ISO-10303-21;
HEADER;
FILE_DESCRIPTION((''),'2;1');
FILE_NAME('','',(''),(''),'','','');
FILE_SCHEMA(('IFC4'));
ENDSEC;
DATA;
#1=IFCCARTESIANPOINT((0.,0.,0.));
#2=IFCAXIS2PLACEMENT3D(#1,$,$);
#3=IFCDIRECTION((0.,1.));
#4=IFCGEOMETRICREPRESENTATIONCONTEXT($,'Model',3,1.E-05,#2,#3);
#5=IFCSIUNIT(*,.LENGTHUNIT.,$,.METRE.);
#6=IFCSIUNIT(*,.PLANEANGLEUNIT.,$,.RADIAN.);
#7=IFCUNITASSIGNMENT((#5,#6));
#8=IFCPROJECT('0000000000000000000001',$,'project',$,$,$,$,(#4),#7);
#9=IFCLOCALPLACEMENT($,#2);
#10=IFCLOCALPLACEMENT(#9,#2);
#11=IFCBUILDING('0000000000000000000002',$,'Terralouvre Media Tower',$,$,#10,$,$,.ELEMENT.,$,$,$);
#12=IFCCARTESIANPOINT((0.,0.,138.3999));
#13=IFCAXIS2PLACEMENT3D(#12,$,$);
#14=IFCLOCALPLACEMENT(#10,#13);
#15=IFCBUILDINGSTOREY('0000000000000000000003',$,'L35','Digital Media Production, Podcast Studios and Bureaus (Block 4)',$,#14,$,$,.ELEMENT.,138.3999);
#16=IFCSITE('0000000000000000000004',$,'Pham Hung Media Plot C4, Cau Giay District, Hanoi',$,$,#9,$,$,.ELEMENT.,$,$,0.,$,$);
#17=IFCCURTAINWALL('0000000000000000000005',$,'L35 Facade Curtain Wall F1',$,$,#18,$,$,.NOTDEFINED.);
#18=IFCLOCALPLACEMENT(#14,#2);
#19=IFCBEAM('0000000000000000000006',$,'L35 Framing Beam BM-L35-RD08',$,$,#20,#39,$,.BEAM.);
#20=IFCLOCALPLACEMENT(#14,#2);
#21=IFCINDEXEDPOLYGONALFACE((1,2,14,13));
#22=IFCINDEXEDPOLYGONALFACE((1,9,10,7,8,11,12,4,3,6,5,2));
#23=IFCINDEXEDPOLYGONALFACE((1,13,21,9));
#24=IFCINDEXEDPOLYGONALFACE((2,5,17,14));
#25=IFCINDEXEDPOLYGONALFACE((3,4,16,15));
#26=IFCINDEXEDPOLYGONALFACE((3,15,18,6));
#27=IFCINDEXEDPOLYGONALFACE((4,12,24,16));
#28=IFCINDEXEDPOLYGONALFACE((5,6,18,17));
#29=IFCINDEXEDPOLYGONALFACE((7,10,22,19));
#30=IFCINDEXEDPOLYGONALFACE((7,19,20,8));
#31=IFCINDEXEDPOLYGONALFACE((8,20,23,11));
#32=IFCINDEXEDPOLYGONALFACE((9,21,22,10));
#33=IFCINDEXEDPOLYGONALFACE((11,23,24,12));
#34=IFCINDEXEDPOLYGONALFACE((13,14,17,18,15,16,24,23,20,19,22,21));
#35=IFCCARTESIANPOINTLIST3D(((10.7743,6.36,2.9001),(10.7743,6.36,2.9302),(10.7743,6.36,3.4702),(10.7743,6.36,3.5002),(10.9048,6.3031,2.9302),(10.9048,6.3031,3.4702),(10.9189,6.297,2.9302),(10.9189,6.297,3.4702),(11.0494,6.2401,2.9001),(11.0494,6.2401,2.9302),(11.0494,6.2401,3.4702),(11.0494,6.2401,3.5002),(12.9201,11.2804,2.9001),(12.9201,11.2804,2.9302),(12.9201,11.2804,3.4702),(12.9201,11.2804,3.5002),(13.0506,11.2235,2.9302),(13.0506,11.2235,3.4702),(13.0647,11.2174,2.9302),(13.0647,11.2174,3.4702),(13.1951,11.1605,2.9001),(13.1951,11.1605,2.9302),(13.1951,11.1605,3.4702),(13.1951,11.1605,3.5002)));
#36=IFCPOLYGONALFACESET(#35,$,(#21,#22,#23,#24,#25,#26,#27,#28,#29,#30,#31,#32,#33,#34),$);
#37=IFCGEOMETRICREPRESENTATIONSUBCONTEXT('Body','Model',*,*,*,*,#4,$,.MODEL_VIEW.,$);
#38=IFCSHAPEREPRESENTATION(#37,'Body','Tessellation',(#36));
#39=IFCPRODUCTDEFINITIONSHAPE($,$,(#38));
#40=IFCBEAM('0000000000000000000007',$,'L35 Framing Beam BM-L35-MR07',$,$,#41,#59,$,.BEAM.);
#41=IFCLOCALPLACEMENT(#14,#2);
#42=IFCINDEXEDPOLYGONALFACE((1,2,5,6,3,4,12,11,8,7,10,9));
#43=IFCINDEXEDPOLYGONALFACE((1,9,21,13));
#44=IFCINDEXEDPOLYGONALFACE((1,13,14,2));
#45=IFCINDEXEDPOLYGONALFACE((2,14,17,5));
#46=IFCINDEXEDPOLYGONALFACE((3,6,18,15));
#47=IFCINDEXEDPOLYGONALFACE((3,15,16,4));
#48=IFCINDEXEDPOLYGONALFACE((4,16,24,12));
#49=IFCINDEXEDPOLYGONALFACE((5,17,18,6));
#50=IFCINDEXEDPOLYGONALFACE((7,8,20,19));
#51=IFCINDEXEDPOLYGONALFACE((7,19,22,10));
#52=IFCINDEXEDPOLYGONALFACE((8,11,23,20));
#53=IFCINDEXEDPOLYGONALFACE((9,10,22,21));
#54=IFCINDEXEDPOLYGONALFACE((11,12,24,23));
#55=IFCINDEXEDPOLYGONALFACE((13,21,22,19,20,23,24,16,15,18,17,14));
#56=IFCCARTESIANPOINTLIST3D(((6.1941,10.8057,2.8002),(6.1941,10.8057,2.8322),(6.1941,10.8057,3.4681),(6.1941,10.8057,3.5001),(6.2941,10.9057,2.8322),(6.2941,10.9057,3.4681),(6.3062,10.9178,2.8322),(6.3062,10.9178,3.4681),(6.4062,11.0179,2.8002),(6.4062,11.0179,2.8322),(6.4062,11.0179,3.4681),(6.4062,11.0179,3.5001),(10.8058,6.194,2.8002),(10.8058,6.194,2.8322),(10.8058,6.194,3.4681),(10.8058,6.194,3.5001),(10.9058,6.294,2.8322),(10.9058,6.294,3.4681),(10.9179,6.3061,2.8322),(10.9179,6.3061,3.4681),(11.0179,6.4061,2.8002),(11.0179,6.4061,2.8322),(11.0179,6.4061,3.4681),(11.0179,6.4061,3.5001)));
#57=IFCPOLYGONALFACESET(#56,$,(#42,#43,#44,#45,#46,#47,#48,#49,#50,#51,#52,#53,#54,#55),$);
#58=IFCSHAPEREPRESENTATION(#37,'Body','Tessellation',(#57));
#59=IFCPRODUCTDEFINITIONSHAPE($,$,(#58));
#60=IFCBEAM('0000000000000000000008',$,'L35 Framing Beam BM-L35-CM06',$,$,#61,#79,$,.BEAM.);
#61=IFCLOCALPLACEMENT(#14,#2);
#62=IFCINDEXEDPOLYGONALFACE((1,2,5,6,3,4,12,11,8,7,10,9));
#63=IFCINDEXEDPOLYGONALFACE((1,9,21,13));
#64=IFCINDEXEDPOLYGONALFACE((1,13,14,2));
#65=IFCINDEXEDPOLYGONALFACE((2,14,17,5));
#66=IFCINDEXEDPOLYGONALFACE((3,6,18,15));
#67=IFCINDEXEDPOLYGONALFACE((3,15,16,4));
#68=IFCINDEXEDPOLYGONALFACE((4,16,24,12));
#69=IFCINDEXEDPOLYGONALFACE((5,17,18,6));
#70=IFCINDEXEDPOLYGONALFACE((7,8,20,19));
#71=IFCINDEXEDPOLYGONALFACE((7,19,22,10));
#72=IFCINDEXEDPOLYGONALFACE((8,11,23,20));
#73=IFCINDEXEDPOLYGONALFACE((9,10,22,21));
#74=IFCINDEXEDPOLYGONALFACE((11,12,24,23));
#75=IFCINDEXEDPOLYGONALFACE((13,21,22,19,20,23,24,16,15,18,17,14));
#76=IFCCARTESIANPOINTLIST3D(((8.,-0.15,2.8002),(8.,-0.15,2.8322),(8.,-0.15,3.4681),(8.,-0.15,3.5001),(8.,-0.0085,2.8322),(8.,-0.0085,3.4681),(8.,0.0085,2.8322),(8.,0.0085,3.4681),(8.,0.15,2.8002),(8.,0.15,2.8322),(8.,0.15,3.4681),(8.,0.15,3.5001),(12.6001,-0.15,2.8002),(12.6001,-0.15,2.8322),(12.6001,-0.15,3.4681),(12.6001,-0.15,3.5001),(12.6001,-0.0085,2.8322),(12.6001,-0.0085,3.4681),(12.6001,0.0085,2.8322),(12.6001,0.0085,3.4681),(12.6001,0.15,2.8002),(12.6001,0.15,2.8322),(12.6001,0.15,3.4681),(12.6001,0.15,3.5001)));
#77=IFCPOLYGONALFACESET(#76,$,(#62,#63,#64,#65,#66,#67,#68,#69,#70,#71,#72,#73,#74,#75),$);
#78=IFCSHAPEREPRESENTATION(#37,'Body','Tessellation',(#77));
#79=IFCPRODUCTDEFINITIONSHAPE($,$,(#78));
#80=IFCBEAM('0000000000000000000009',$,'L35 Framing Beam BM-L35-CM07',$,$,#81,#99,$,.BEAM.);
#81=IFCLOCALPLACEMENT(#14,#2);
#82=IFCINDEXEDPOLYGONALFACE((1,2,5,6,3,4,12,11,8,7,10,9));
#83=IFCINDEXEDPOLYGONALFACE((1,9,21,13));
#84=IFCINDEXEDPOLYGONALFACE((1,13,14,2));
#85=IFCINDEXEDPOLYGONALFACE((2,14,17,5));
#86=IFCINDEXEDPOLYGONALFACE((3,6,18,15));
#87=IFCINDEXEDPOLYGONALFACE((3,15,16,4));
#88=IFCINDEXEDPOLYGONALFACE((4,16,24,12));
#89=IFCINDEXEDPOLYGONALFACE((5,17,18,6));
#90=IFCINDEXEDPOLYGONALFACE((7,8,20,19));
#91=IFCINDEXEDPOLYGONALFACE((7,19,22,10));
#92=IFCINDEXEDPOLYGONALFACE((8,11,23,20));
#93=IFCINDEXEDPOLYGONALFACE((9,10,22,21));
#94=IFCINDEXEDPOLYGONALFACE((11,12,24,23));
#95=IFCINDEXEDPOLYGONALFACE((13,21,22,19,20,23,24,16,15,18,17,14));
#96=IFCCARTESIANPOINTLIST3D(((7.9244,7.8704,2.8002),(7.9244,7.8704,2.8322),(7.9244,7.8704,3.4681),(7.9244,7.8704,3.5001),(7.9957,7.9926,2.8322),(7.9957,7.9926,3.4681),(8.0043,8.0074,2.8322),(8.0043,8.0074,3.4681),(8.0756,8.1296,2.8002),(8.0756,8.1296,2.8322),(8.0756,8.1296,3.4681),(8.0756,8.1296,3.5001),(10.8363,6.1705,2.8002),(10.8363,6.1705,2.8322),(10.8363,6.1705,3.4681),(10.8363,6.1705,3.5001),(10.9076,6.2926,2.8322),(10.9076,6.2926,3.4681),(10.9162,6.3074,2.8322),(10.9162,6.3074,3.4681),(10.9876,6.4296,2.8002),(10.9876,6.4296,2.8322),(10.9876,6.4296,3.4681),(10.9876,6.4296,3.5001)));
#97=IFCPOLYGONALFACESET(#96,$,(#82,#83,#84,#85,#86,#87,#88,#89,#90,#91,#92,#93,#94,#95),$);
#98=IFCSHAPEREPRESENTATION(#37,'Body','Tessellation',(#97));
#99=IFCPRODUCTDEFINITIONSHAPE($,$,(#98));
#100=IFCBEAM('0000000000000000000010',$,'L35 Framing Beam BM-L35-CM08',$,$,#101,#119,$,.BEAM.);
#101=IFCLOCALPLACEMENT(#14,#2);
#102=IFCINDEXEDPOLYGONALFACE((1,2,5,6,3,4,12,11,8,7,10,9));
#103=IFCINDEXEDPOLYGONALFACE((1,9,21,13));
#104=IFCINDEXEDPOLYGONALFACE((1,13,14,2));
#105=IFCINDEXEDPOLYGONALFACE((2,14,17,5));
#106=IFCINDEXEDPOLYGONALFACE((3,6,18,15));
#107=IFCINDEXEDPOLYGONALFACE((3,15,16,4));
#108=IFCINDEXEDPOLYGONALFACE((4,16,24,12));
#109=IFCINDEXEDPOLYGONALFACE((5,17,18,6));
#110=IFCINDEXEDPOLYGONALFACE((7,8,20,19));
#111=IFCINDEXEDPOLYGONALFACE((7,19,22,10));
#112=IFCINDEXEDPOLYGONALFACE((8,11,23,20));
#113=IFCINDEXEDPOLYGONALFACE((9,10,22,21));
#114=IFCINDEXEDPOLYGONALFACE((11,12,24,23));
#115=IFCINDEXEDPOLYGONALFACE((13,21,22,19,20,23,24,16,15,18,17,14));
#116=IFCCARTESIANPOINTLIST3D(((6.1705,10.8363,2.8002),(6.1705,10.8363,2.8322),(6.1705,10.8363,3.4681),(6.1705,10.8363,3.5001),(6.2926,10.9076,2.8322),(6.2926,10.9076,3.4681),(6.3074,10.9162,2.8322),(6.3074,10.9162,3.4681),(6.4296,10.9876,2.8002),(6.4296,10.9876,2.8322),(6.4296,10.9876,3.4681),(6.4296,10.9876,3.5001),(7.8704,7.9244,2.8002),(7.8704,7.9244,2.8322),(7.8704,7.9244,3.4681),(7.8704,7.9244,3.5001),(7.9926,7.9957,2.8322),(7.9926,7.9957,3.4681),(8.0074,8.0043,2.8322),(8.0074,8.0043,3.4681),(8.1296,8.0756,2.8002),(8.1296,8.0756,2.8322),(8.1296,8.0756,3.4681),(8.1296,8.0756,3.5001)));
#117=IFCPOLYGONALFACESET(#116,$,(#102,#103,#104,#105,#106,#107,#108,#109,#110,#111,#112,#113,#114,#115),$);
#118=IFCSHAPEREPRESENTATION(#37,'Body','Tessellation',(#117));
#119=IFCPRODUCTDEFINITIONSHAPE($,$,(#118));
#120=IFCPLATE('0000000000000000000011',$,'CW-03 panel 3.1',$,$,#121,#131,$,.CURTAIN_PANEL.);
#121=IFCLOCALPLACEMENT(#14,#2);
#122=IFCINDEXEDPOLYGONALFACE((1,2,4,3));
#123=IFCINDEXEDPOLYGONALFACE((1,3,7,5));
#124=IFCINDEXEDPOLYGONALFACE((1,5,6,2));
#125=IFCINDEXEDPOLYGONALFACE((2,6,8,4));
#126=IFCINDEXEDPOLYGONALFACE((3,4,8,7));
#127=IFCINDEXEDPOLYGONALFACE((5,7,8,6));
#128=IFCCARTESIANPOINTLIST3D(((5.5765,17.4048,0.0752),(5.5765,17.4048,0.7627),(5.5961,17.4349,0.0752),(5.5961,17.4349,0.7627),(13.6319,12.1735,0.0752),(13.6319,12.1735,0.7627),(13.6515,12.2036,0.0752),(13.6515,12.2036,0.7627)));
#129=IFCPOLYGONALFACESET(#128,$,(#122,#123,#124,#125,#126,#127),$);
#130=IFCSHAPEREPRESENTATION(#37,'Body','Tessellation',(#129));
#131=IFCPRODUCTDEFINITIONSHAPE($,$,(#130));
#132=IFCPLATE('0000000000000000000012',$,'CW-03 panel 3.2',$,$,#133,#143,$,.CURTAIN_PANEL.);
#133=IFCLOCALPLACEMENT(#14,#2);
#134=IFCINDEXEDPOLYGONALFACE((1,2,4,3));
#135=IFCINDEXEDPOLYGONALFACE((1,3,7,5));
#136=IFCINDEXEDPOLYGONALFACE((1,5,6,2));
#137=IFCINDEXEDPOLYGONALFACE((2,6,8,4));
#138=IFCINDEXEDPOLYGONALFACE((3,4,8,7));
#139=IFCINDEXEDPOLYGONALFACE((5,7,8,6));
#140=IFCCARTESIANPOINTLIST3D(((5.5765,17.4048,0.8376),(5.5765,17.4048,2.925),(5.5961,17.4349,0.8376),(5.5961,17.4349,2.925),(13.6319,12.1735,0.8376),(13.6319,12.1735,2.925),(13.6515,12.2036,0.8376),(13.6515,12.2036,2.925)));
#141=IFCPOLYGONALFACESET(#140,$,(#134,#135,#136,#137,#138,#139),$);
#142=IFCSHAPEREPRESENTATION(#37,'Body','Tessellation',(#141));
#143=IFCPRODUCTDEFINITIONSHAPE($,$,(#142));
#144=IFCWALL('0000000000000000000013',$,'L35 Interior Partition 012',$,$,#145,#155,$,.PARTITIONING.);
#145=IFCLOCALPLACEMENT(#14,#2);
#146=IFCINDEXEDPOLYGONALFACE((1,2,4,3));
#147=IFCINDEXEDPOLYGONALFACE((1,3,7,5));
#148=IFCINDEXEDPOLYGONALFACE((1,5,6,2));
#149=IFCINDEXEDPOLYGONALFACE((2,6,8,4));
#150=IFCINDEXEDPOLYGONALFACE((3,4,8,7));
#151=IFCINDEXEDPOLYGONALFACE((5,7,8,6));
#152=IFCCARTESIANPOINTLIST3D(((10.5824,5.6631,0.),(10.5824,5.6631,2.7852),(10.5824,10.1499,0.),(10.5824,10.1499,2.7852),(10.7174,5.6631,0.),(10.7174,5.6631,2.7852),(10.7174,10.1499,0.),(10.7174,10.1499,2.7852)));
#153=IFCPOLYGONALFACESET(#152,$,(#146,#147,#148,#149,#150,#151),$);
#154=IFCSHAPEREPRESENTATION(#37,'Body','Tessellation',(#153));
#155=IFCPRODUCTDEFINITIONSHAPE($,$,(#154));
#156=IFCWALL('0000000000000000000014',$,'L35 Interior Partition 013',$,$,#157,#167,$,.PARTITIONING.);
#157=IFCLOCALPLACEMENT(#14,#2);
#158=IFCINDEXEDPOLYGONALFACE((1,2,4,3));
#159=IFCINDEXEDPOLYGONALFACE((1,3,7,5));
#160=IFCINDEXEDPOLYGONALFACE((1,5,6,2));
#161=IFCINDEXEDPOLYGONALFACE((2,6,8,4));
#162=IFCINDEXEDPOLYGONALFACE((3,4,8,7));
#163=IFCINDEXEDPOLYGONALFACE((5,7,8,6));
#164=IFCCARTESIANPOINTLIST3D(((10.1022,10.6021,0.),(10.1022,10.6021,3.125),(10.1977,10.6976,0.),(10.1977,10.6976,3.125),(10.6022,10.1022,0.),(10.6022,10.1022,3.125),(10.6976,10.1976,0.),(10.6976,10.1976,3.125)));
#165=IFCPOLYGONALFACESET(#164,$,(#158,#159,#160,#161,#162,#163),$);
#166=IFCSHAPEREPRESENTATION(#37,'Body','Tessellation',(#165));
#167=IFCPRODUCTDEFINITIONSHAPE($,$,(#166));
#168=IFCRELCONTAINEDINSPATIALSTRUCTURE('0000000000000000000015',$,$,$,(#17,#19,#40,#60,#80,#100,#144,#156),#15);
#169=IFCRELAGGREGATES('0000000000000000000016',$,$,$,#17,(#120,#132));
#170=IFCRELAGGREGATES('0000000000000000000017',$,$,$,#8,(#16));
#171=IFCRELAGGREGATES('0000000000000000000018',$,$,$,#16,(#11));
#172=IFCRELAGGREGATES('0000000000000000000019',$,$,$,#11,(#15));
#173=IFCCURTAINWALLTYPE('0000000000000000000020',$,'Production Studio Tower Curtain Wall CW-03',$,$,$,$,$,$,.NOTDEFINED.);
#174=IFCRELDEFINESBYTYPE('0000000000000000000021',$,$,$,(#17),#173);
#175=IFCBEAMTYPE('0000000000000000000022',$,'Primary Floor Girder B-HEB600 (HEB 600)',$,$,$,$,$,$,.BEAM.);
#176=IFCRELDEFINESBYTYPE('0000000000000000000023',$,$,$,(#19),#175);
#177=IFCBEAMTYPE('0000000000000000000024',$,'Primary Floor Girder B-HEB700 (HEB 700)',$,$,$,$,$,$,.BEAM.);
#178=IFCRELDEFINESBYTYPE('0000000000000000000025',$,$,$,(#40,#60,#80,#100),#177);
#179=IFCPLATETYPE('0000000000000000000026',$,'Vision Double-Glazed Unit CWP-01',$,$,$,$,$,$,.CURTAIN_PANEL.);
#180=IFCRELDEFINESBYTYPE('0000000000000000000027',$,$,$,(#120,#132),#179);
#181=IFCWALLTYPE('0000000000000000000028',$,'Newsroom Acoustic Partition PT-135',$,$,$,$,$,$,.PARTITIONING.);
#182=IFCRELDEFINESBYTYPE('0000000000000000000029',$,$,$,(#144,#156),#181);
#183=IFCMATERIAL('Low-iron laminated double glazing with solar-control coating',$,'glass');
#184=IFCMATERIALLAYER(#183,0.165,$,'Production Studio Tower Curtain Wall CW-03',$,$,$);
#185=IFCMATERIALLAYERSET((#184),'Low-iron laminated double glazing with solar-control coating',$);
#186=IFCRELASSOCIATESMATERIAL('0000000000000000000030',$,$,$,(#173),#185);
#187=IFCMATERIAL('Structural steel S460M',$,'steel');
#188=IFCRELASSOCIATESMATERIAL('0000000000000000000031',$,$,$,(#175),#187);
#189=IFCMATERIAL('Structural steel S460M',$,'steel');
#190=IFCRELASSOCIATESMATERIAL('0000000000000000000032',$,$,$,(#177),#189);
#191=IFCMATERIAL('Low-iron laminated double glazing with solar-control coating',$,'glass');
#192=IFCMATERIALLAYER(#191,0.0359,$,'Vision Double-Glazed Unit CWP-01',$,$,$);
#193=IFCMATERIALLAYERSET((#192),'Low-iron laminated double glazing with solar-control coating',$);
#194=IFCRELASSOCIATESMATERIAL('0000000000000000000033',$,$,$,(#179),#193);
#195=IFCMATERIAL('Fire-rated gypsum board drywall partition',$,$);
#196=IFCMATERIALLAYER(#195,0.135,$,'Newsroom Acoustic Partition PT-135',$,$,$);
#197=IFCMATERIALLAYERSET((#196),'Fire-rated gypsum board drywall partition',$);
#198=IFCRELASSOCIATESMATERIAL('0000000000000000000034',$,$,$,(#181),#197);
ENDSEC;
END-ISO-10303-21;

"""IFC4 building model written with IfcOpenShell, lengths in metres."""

from ifc_helpers import new_model, si_unit, direction, frame, frame_2d, origin, origin_2d, place, context, subcontext, project, spatial, rectangle, i_section, extrude, material, layer, layer_set, material_profile, profile_set, type_object, element, aggregate, save


model = new_model("IFC4")

# Units and contexts
model_context = context("Model", 3, precision=1e-05, world=origin(), true_north=direction((0.0, 1.0)))
body_context = subcontext(model_context, "Body", "Model", "MODEL_VIEW")
ifc_project = project(units=[si_unit("LENGTHUNIT", "METRE"), si_unit("PLANEANGLEUNIT", "RADIAN")], contexts=[model_context])

# Site, building, storey
site_placement = place(None, origin())
site = spatial("IfcSite", under=ifc_project, at=site_placement, Name="Pham Hung Media Plot C4, Cau Giay District, Hanoi", CompositionType="ELEMENT", RefElevation=0.0)
building_placement = place(site_placement, origin())
building = spatial("IfcBuilding", under=site, at=building_placement, Name="Terralouvre Media Tower", CompositionType="ELEMENT")
storey_placement = place(building_placement, frame((0.0, 0.0, 138.3999)))
storey = spatial("IfcBuildingStorey", under=building, at=storey_placement, Name="L35", Description="Digital Media Production, Podcast Studios and Bureaus (Block 4)", CompositionType="ELEMENT", Elevation=138.3999)

# Curtain wall
ifc_material_1 = material(Name="Low-iron laminated double glazing with solar-control coating", Category="glass")
ifc_layer_1 = layer(ifc_material_1, 0.165, Name="Production Studio Tower Curtain Wall CW-03")
ifc_layer_set_1 = layer_set([ifc_layer_1], Name="Low-iron laminated double glazing with solar-control coating")
curtain_wall_type = type_object("IfcCurtainWallType", Name="Production Studio Tower Curtain Wall CW-03", PredefinedType="NOTDEFINED", material=ifc_layer_set_1)
curtain_wall_placement = place(storey_placement, origin())
curtain_wall = element("IfcCurtainWall", 1, at=curtain_wall_placement, inside=storey, type_object=curtain_wall_type, Name="L35 Facade Curtain Wall F1", PredefinedType="NOTDEFINED")

# Beams
ifc_material_2 = material(Name="Structural steel S460M", Category="steel")
ifc_material_profile_1 = material_profile(ifc_material_2, i_section(OverallWidth=0.3, OverallDepth=0.6001, WebThickness=0.0154, FlangeThickness=0.03, at=origin_2d()), Name="HEB 600")
ifc_profile_set_1 = profile_set([ifc_material_profile_1], Name="Structural steel S460M")
beam_type_1 = type_object("IfcBeamType", Name="Primary Floor Girder B-HEB600 (HEB 600)", PredefinedType="BEAM", material=ifc_profile_set_1)
beam_1_placement = place(storey_placement, frame((10.9119, 6.3, 3.2002), z_axis=(0.399735, 0.916631, 0.0), x_axis=(-0.916631, 0.399735, 0.0)))
element("IfcBeam", 2, at=beam_1_placement, inside=storey, type_object=beam_type_1, Name="L35 Framing Beam BM-L35-RD08", PredefinedType="BEAM", context=body_context, shape_type="SweptSolid", body=[
    extrude(i_section(OverallWidth=0.3, OverallDepth=0.6001, WebThickness=0.0154, FlangeThickness=0.03, at=origin_2d()), origin(), (0.0, 0.0, 1.0), 5.3679),
])
ifc_material_3 = material(Name="Structural steel S460M", Category="steel")
ifc_material_profile_2 = material_profile(ifc_material_3, i_section(OverallWidth=0.3, OverallDepth=0.7, WebThickness=0.0171, FlangeThickness=0.032, at=origin_2d()), Name="HEB 700")
ifc_profile_set_2 = profile_set([ifc_material_profile_2], Name="Structural steel S460M")
beam_type_2 = type_object("IfcBeamType", Name="Primary Floor Girder B-HEB700 (HEB 700)", PredefinedType="BEAM", material=ifc_profile_set_2)
beam_2_placement = place(storey_placement, frame((10.9119, 6.3, 3.1501), z_axis=(-0.707107, 0.707107, 0.0), x_axis=(-0.707107, -0.707107, 0.0)))
element("IfcBeam", 3, at=beam_2_placement, inside=storey, type_object=beam_type_2, Name="L35 Framing Beam BM-L35-MR07", PredefinedType="BEAM", context=body_context, shape_type="SweptSolid", body=[
    extrude(i_section(OverallWidth=0.3, OverallDepth=0.7, WebThickness=0.0171, FlangeThickness=0.032, at=origin_2d()), origin(), (0.0, 0.0, 1.0), 6.522),
])
beam_3_placement = place(storey_placement, frame((8.0, 0.0, 3.1501), z_axis=(1.0, 0.0, 0.0), x_axis=(0.0, 1.0, 0.0)))
element("IfcBeam", 4, at=beam_3_placement, inside=storey, type_object=beam_type_2, Name="L35 Framing Beam BM-L35-CM06", PredefinedType="BEAM", context=body_context, shape_type="SweptSolid", body=[
    extrude(i_section(OverallWidth=0.3, OverallDepth=0.7, WebThickness=0.0171, FlangeThickness=0.032, at=origin_2d()), origin(), (0.0, 0.0, 1.0), 4.6001),
])
for number, where, z_axis, x_axis, name in (
    (5, (8.0, 8.0, 3.1501), (0.863603, -0.504173, 0.0), (0.504173, 0.863603, 0.0), "L35 Framing Beam BM-L35-CM07"),
    (6, (8.0, 8.0, 3.1501), (-0.504173, 0.863603, 0.0), (-0.863603, -0.504173, 0.0), "L35 Framing Beam BM-L35-CM08"),
):
    element("IfcBeam", number, at=place(storey_placement, frame(where, z_axis=z_axis, x_axis=x_axis)), inside=storey, type_object=beam_type_2, Name=name, PredefinedType="BEAM", context=body_context, shape_type="SweptSolid", body=[
        extrude(i_section(OverallWidth=0.3, OverallDepth=0.7, WebThickness=0.0171, FlangeThickness=0.032, at=origin_2d()), origin(), (0.0, 0.0, 1.0), 3.3718),
    ])

# Plates
ifc_material_4 = material(Name="Low-iron laminated double glazing with solar-control coating", Category="glass")
ifc_layer_2 = layer(ifc_material_4, 0.0359, Name="Vision Double-Glazed Unit CWP-01")
ifc_layer_set_2 = layer_set([ifc_layer_2], Name="Low-iron laminated double glazing with solar-control coating")
plate_type = type_object("IfcPlateType", Name="Vision Double-Glazed Unit CWP-01", PredefinedType="CURTAIN_PANEL", material=ifc_layer_set_2)
plate_1_placement = place(storey_placement, frame((9.614, 14.8042, 0.0752), z_axis=(0.0, 0.0, 1.0), x_axis=(-0.838671, 0.544639, 0.0)))
plate_1 = element("IfcPlate", 7, at=plate_1_placement, type_object=plate_type, Name="CW-03 panel 3.1", PredefinedType="CURTAIN_PANEL", context=body_context, shape_type="SweptSolid", body=[
    extrude(rectangle(XDim=9.605, YDim=0.0359, at=origin_2d()), origin(), (0.0, 0.0, 1.0), 0.6875),
])
plate_2_placement = place(storey_placement, frame((9.614, 14.8042, 0.8376), z_axis=(0.0, 0.0, 1.0), x_axis=(-0.838671, 0.544639, 0.0)))
plate_2 = element("IfcPlate", 8, at=plate_2_placement, type_object=plate_type, Name="CW-03 panel 3.2", PredefinedType="CURTAIN_PANEL", context=body_context, shape_type="SweptSolid", body=[
    extrude(rectangle(XDim=9.605, YDim=0.0359, at=origin_2d()), origin(), (0.0, 0.0, 1.0), 2.0874),
])
aggregate(curtain_wall, [plate_1, plate_2])

# Walls
ifc_material_5 = material(Name="Fire-rated gypsum board drywall partition")
ifc_layer_3 = layer(ifc_material_5, 0.135, Name="Newsroom Acoustic Partition PT-135")
ifc_layer_set_3 = layer_set([ifc_layer_3], Name="Fire-rated gypsum board drywall partition")
wall_type = type_object("IfcWallType", Name="Newsroom Acoustic Partition PT-135", PredefinedType="PARTITIONING", material=ifc_layer_set_3)
wall_1_placement = place(storey_placement, frame((10.6499, 5.6631, 0.0), z_axis=(0.0, 0.0, 1.0), x_axis=(0.0, 1.0, 0.0)))
element("IfcWall", 9, at=wall_1_placement, inside=storey, type_object=wall_type, Name="L35 Interior Partition 012", PredefinedType="PARTITIONING", context=body_context, shape_type="SweptSolid", body=[
    extrude(rectangle(XDim=4.4868, YDim=0.135, at=frame_2d((2.2434, 0.0))), origin(), (0.0, 0.0, 1.0), 2.7852),
])
wall_2_placement = place(storey_placement, frame((10.6499, 10.1499, 0.0), z_axis=(0.0, 0.0, 1.0), x_axis=(-0.707107, 0.707107, 0.0)))
element("IfcWall", 10, at=wall_2_placement, inside=storey, type_object=wall_type, Name="L35 Interior Partition 013", PredefinedType="PARTITIONING", context=body_context, shape_type="SweptSolid", body=[
    extrude(rectangle(XDim=0.707, YDim=0.135, at=frame_2d((0.3535, 0.0))), origin(), (0.0, 0.0, 1.0), 3.125),
])

save(model, "model.ifc")
